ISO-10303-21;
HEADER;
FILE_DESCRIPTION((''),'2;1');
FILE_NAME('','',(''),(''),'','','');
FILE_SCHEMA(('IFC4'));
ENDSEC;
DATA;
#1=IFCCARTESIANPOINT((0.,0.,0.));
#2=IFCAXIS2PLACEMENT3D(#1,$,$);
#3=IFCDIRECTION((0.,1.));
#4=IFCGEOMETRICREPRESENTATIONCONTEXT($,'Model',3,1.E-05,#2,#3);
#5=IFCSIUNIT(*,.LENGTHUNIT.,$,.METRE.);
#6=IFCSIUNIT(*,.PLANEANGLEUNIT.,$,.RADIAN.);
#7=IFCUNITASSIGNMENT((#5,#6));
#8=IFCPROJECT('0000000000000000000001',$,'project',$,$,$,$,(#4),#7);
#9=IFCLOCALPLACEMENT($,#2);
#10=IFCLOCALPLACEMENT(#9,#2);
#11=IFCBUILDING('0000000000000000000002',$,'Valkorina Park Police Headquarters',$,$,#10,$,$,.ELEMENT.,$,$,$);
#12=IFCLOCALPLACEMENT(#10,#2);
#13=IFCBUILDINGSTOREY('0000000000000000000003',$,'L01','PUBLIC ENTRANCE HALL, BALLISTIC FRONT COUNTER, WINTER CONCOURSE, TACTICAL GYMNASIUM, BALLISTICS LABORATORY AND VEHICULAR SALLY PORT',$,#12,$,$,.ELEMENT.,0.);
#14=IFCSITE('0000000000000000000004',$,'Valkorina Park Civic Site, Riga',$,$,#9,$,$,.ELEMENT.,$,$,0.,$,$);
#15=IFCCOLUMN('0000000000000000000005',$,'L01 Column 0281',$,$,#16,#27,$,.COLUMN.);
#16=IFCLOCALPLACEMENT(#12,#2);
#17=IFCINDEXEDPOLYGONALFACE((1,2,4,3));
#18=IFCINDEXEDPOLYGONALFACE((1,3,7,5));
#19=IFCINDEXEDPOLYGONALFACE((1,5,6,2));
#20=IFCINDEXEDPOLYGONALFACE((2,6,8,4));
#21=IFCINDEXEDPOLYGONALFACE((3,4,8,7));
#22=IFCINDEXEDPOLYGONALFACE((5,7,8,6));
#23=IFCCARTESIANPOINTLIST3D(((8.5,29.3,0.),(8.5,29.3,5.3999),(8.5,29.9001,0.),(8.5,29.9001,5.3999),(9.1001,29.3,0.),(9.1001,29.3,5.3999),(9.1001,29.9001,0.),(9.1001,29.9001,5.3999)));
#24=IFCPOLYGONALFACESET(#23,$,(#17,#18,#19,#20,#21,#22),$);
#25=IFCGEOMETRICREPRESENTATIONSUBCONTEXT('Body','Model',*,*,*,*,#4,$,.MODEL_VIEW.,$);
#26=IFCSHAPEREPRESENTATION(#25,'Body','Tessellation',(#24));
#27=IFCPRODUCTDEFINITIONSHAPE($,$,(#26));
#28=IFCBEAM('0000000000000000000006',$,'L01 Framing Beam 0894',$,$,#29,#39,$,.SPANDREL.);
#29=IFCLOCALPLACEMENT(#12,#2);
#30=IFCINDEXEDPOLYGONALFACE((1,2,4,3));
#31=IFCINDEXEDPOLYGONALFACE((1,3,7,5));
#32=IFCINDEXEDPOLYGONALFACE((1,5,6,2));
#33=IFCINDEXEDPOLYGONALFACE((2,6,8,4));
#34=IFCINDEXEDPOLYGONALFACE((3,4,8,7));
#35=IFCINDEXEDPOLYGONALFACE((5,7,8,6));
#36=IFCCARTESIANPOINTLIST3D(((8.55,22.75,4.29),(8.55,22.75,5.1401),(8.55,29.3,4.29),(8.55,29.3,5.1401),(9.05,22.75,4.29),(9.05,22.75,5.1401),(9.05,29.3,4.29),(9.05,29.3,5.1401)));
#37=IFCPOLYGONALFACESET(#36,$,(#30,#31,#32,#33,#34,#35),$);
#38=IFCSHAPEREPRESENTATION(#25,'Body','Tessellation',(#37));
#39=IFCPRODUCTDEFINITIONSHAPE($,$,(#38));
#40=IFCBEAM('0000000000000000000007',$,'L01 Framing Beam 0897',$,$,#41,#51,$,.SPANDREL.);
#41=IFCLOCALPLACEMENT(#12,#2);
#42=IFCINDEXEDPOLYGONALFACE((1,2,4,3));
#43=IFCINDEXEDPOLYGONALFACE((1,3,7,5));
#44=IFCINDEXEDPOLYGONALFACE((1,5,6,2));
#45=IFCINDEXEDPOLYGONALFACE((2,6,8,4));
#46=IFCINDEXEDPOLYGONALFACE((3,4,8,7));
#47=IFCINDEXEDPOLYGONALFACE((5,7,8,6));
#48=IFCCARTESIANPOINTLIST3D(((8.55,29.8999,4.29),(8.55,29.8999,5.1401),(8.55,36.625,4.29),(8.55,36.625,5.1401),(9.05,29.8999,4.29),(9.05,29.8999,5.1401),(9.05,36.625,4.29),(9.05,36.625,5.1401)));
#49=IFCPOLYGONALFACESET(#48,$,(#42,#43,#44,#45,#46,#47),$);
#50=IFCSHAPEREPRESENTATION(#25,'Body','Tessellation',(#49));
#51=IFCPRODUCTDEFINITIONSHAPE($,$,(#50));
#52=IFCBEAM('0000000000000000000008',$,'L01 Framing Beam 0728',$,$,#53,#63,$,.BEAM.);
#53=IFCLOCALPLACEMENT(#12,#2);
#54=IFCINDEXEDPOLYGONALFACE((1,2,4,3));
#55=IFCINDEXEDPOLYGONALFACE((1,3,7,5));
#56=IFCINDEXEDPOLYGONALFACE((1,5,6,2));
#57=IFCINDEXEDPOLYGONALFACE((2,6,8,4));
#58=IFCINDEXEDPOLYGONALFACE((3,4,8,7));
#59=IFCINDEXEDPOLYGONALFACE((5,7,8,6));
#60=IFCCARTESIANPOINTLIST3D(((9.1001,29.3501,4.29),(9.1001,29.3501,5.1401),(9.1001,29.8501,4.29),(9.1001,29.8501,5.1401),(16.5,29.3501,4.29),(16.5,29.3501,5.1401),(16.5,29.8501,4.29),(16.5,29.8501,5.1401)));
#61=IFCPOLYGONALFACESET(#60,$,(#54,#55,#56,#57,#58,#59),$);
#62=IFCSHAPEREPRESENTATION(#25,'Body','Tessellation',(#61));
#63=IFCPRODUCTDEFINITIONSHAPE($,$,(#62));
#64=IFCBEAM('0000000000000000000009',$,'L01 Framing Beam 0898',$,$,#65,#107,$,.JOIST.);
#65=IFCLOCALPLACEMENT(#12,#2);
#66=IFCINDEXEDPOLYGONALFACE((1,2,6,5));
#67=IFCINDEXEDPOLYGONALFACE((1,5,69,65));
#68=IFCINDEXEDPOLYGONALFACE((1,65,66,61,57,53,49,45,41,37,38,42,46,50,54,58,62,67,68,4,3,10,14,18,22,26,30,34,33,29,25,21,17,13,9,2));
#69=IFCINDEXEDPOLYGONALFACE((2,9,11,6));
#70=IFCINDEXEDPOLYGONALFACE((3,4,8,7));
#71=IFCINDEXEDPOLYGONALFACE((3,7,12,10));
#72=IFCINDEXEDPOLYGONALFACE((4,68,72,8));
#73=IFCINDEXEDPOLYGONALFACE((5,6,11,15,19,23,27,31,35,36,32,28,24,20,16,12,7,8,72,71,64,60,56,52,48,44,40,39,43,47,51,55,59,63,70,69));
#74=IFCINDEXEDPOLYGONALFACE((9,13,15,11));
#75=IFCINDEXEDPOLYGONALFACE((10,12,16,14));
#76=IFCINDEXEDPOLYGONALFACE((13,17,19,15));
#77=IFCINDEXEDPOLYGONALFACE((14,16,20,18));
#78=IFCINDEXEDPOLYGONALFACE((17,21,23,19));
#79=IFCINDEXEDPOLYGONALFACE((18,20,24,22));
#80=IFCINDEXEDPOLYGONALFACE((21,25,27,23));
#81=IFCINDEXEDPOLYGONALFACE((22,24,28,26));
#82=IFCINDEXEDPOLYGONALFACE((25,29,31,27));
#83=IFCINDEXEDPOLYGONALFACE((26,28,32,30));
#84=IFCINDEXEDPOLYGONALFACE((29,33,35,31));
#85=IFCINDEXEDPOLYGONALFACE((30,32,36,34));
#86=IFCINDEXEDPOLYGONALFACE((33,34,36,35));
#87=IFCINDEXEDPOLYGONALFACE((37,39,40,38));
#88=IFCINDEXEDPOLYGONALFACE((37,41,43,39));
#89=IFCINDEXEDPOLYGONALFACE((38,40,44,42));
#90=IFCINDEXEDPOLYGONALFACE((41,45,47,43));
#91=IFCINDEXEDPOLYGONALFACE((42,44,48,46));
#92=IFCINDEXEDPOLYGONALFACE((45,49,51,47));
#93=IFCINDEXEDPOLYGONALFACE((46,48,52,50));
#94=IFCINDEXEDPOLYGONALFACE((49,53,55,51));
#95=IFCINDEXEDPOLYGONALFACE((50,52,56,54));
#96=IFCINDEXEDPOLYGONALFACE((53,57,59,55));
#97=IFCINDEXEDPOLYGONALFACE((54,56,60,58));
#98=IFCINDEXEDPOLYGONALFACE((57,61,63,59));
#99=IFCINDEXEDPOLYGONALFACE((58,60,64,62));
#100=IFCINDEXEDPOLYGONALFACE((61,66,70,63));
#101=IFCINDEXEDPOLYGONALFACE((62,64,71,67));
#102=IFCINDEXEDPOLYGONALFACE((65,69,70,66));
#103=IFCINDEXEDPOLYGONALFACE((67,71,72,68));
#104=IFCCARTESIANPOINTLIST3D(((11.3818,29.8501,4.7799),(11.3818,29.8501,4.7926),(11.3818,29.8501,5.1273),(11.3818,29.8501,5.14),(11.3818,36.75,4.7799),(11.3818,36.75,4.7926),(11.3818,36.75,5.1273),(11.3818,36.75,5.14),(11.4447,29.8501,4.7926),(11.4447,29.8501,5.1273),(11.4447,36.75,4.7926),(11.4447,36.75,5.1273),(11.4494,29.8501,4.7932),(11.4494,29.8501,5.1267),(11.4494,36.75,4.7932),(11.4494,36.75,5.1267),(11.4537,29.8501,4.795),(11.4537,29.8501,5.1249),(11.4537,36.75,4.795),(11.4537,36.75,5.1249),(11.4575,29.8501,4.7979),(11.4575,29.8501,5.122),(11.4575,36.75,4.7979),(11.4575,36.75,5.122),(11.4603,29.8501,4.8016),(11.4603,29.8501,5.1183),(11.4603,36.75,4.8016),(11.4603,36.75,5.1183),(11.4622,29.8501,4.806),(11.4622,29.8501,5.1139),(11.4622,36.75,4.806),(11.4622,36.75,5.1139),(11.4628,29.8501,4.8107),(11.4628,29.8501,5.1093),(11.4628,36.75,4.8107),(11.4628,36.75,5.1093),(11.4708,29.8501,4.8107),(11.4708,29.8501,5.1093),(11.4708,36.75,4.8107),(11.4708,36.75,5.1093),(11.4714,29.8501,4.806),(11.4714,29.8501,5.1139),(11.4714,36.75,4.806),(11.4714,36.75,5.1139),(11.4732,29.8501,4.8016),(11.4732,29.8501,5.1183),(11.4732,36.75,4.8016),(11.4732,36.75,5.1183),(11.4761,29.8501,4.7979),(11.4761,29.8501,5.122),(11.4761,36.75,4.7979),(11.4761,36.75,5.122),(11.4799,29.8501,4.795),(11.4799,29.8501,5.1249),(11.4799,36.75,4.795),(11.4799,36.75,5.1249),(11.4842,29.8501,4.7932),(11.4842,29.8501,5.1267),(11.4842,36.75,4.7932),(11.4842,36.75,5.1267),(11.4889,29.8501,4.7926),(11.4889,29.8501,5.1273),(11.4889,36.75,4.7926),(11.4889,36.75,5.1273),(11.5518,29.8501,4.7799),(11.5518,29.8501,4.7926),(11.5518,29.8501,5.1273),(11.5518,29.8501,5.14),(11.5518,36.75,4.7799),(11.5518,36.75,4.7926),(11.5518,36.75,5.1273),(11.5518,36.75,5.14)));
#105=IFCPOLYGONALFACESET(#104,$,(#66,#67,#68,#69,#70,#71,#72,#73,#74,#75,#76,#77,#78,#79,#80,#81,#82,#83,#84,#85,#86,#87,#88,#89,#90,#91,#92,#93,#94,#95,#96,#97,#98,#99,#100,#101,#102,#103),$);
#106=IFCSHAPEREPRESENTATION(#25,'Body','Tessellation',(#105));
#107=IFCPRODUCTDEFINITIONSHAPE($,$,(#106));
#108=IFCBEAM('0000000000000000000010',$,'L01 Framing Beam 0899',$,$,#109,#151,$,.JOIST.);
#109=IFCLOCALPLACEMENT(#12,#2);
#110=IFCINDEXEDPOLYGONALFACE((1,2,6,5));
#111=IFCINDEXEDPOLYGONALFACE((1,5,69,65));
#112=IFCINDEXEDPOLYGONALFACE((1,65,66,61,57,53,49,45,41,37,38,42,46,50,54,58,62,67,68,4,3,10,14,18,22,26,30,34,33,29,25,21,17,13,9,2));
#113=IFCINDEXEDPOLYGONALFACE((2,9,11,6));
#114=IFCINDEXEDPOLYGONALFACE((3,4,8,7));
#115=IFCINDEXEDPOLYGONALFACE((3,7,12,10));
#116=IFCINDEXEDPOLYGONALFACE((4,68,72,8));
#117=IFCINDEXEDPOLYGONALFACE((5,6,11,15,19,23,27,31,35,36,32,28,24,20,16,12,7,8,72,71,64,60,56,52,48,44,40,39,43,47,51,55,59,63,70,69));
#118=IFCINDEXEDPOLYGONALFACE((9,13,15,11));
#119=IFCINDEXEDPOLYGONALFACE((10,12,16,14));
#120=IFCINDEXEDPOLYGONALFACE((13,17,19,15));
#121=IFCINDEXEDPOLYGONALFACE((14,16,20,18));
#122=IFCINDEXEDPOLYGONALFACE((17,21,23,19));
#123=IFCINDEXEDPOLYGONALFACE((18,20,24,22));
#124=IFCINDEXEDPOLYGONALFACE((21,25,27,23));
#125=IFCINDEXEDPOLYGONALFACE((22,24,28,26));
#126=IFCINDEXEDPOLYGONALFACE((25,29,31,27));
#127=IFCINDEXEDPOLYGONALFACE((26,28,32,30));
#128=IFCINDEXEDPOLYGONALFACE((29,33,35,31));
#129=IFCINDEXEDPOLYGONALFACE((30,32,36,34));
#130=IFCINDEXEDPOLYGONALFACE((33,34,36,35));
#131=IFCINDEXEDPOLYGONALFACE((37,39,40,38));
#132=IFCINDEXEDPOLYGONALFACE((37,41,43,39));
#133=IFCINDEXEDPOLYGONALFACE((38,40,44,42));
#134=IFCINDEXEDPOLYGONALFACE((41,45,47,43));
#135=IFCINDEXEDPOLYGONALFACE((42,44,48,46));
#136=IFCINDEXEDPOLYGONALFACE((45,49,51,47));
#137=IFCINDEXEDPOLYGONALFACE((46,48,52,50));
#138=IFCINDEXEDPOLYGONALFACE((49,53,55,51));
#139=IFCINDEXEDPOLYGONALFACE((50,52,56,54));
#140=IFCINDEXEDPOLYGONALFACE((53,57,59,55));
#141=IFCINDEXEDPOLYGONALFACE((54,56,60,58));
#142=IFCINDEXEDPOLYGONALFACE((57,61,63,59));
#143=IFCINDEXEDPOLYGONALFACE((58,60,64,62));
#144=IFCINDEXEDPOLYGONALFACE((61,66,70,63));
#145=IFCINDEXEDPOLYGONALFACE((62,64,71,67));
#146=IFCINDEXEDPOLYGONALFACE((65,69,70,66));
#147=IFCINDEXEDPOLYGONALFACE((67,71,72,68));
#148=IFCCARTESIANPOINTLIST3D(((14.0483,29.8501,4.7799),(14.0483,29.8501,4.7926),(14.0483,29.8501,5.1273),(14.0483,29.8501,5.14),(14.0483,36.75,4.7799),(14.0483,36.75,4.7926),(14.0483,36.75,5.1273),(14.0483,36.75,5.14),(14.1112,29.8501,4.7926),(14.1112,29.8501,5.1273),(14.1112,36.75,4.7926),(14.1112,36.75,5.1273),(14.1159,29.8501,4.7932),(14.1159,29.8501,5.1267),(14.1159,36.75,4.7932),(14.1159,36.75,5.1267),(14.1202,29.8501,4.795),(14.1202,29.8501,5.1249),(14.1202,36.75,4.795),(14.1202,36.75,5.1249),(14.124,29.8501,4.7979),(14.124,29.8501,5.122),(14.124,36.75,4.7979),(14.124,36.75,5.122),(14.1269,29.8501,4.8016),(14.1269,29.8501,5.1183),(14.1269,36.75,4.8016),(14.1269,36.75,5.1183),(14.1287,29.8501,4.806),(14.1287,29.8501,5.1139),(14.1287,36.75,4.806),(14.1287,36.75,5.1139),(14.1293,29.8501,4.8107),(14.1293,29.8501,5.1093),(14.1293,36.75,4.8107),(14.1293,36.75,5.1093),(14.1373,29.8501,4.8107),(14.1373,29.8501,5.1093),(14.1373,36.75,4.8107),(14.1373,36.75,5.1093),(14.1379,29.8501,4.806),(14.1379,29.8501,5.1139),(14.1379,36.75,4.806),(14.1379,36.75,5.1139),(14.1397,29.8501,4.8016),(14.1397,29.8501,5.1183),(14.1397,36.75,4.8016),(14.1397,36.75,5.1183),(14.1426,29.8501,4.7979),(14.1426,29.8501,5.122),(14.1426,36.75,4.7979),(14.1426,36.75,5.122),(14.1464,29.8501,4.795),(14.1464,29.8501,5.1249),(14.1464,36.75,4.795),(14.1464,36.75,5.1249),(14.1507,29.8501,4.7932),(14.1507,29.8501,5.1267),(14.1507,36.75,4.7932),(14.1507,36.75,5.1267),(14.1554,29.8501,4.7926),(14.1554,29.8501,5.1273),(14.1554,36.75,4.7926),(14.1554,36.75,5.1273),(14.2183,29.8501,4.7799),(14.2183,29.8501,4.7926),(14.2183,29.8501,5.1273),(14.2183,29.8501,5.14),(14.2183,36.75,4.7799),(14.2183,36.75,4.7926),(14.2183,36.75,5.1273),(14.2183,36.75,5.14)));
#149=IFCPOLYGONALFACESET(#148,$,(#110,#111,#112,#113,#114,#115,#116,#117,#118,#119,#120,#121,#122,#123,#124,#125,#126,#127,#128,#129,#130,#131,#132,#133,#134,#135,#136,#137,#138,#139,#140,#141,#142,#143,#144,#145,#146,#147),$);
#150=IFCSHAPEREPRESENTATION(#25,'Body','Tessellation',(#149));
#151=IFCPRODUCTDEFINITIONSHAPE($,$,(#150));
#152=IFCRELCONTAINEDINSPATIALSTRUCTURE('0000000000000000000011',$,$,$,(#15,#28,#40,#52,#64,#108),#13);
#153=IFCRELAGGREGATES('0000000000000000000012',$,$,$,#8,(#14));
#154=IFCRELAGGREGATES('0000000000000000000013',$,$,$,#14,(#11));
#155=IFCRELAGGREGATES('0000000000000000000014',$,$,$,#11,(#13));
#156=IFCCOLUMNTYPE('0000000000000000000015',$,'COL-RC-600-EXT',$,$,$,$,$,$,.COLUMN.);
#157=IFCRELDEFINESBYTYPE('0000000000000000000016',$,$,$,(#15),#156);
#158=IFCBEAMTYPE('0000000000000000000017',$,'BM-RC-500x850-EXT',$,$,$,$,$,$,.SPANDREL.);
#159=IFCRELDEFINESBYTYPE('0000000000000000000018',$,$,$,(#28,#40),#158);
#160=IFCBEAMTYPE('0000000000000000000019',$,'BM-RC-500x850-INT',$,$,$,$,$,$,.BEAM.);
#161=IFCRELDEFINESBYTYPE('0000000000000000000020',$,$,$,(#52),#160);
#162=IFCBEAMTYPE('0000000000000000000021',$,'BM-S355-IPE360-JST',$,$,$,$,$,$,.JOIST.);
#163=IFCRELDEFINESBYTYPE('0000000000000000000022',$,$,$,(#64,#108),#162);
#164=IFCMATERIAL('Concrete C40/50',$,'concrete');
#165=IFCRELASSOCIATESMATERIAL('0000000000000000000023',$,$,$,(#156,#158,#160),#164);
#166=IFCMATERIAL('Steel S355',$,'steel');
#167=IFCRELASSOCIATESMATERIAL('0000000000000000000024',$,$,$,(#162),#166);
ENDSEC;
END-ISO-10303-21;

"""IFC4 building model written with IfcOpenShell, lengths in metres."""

from ifc_helpers import new_model, si_unit, direction, frame, origin, origin_2d, place, context, subcontext, project, spatial, rectangle, i_section, extrude, material, material_profile, profile_set, type_object, element, save


model = new_model("IFC4")

# Units and contexts
model_context = context("Model", 3, precision=1e-05, world=origin(), true_north=direction((0.0, 1.0)))
body_context = subcontext(model_context, "Body", "Model", "MODEL_VIEW")
ifc_project = project(units=[si_unit("LENGTHUNIT", "METRE"), si_unit("PLANEANGLEUNIT", "RADIAN")], contexts=[model_context])

# Site, building, storey
site_placement = place(None, origin())
site = spatial("IfcSite", under=ifc_project, at=site_placement, Name="Valkorina Park Civic Site, Riga", CompositionType="ELEMENT", RefElevation=0.0)
building_placement = place(site_placement, origin())
building = spatial("IfcBuilding", under=site, at=building_placement, Name="Valkorina Park Police Headquarters", CompositionType="ELEMENT")
storey_placement = place(building_placement, origin())
storey = spatial("IfcBuildingStorey", under=building, at=storey_placement, Name="L01", Description="PUBLIC ENTRANCE HALL, BALLISTIC FRONT COUNTER, WINTER CONCOURSE, TACTICAL GYMNASIUM, BALLISTICS LABORATORY AND VEHICULAR SALLY PORT", CompositionType="ELEMENT", Elevation=0.0)

# Column
ifc_material_1 = material(Name="Concrete C40/50", Category="concrete")
ifc_material_profile_1 = material_profile(ifc_material_1, rectangle(XDim=0.6001, YDim=0.6001, at=origin_2d()), Name="RC COL 600x600")
ifc_profile_set_1 = profile_set([ifc_material_profile_1], Name="Concrete C40/50")
column_type = type_object("IfcColumnType", Name="COL-RC-600-EXT", PredefinedType="COLUMN", material=ifc_profile_set_1)
column_placement = place(storey_placement, frame((8.8, 29.6001, 0.0), z_axis=(0.0, 0.0, 1.0), x_axis=(1.0, 0.0, 0.0)))
element("IfcColumn", 1, at=column_placement, inside=storey, type_object=column_type, Name="L01 Column 0281", PredefinedType="COLUMN", context=body_context, shape_type="SweptSolid", body=[
    extrude(rectangle(XDim=0.6001, YDim=0.6001, at=origin_2d()), origin(), (0.0, 0.0, 1.0), 5.3999),
])

# Beams
ifc_material_profile_2 = material_profile(ifc_material_1, rectangle(XDim=0.5, YDim=0.8501, at=origin_2d()), Name="RC BEAM 500x850")
ifc_profile_set_2 = profile_set([ifc_material_profile_2], Name="Concrete C40/50")
beam_type_1 = type_object("IfcBeamType", Name="BM-RC-500x850-EXT", PredefinedType="SPANDREL", material=ifc_profile_set_2)
beam_1_placement = place(storey_placement, frame((8.8, 22.75, 4.7151), z_axis=(0.0, 1.0, 0.0), x_axis=(-1.0, 0.0, 0.0)))
element("IfcBeam", 2, at=beam_1_placement, inside=storey, type_object=beam_type_1, Name="L01 Framing Beam 0894", PredefinedType="SPANDREL", context=body_context, shape_type="SweptSolid", body=[
    extrude(rectangle(XDim=0.5, YDim=0.8501, at=origin_2d()), origin(), (0.0, 0.0, 1.0), 6.55),
])
beam_2_placement = place(storey_placement, frame((8.8, 29.8999, 4.7151), z_axis=(0.0, 1.0, 0.0), x_axis=(-1.0, 0.0, 0.0)))
element("IfcBeam", 3, at=beam_2_placement, inside=storey, type_object=beam_type_1, Name="L01 Framing Beam 0897", PredefinedType="SPANDREL", context=body_context, shape_type="SweptSolid", body=[
    extrude(rectangle(XDim=0.5, YDim=0.8501, at=origin_2d()), origin(), (0.0, 0.0, 1.0), 6.7251),
])
ifc_material_profile_3 = material_profile(ifc_material_1, rectangle(XDim=0.5, YDim=0.8501, at=origin_2d()), Name="RC BEAM 500x850")
ifc_profile_set_3 = profile_set([ifc_material_profile_3], Name="Concrete C40/50")
beam_type_2 = type_object("IfcBeamType", Name="BM-RC-500x850-INT", PredefinedType="BEAM", material=ifc_profile_set_3)
beam_3_placement = place(storey_placement, frame((9.1001, 29.6001, 4.7151), z_axis=(1.0, 0.0, 0.0), x_axis=(0.0, 1.0, 0.0)))
element("IfcBeam", 4, at=beam_3_placement, inside=storey, type_object=beam_type_2, Name="L01 Framing Beam 0728", PredefinedType="BEAM", context=body_context, shape_type="SweptSolid", body=[
    extrude(rectangle(XDim=0.5, YDim=0.8501, at=origin_2d()), origin(), (0.0, 0.0, 1.0), 7.3999),
])
ifc_material_2 = material(Name="Steel S355", Category="steel")
ifc_material_profile_4 = material_profile(ifc_material_2, i_section(OverallWidth=0.1699, OverallDepth=0.3601, WebThickness=0.0081, FlangeThickness=0.0127, FilletRadius=0.0181, at=origin_2d()), Name="IPE 360")
ifc_profile_set_4 = profile_set([ifc_material_profile_4], Name="Steel S355")
beam_type_3 = type_object("IfcBeamType", Name="BM-S355-IPE360-JST", PredefinedType="JOIST", material=ifc_profile_set_4)
for number, where, z_axis, x_axis, name in (
    (5, (11.4668, 29.8501, 4.96), (0.0, 1.0, 0.0), (-1.0, 0.0, 0.0), "L01 Framing Beam 0898"),
    (6, (14.1333, 29.8501, 4.96), (0.0, 1.0, 0.0), (-1.0, 0.0, 0.0), "L01 Framing Beam 0899"),
):
    element("IfcBeam", number, at=place(storey_placement, frame(where, z_axis=z_axis, x_axis=x_axis)), inside=storey, type_object=beam_type_3, Name=name, PredefinedType="JOIST", context=body_context, shape_type="SweptSolid", body=[
        extrude(i_section(OverallWidth=0.1699, OverallDepth=0.3601, WebThickness=0.0081, FlangeThickness=0.0127, FilletRadius=0.0181, at=origin_2d()), origin(), (0.0, 0.0, 1.0), 6.8999),
    ])

save(model, "model.ifc")
